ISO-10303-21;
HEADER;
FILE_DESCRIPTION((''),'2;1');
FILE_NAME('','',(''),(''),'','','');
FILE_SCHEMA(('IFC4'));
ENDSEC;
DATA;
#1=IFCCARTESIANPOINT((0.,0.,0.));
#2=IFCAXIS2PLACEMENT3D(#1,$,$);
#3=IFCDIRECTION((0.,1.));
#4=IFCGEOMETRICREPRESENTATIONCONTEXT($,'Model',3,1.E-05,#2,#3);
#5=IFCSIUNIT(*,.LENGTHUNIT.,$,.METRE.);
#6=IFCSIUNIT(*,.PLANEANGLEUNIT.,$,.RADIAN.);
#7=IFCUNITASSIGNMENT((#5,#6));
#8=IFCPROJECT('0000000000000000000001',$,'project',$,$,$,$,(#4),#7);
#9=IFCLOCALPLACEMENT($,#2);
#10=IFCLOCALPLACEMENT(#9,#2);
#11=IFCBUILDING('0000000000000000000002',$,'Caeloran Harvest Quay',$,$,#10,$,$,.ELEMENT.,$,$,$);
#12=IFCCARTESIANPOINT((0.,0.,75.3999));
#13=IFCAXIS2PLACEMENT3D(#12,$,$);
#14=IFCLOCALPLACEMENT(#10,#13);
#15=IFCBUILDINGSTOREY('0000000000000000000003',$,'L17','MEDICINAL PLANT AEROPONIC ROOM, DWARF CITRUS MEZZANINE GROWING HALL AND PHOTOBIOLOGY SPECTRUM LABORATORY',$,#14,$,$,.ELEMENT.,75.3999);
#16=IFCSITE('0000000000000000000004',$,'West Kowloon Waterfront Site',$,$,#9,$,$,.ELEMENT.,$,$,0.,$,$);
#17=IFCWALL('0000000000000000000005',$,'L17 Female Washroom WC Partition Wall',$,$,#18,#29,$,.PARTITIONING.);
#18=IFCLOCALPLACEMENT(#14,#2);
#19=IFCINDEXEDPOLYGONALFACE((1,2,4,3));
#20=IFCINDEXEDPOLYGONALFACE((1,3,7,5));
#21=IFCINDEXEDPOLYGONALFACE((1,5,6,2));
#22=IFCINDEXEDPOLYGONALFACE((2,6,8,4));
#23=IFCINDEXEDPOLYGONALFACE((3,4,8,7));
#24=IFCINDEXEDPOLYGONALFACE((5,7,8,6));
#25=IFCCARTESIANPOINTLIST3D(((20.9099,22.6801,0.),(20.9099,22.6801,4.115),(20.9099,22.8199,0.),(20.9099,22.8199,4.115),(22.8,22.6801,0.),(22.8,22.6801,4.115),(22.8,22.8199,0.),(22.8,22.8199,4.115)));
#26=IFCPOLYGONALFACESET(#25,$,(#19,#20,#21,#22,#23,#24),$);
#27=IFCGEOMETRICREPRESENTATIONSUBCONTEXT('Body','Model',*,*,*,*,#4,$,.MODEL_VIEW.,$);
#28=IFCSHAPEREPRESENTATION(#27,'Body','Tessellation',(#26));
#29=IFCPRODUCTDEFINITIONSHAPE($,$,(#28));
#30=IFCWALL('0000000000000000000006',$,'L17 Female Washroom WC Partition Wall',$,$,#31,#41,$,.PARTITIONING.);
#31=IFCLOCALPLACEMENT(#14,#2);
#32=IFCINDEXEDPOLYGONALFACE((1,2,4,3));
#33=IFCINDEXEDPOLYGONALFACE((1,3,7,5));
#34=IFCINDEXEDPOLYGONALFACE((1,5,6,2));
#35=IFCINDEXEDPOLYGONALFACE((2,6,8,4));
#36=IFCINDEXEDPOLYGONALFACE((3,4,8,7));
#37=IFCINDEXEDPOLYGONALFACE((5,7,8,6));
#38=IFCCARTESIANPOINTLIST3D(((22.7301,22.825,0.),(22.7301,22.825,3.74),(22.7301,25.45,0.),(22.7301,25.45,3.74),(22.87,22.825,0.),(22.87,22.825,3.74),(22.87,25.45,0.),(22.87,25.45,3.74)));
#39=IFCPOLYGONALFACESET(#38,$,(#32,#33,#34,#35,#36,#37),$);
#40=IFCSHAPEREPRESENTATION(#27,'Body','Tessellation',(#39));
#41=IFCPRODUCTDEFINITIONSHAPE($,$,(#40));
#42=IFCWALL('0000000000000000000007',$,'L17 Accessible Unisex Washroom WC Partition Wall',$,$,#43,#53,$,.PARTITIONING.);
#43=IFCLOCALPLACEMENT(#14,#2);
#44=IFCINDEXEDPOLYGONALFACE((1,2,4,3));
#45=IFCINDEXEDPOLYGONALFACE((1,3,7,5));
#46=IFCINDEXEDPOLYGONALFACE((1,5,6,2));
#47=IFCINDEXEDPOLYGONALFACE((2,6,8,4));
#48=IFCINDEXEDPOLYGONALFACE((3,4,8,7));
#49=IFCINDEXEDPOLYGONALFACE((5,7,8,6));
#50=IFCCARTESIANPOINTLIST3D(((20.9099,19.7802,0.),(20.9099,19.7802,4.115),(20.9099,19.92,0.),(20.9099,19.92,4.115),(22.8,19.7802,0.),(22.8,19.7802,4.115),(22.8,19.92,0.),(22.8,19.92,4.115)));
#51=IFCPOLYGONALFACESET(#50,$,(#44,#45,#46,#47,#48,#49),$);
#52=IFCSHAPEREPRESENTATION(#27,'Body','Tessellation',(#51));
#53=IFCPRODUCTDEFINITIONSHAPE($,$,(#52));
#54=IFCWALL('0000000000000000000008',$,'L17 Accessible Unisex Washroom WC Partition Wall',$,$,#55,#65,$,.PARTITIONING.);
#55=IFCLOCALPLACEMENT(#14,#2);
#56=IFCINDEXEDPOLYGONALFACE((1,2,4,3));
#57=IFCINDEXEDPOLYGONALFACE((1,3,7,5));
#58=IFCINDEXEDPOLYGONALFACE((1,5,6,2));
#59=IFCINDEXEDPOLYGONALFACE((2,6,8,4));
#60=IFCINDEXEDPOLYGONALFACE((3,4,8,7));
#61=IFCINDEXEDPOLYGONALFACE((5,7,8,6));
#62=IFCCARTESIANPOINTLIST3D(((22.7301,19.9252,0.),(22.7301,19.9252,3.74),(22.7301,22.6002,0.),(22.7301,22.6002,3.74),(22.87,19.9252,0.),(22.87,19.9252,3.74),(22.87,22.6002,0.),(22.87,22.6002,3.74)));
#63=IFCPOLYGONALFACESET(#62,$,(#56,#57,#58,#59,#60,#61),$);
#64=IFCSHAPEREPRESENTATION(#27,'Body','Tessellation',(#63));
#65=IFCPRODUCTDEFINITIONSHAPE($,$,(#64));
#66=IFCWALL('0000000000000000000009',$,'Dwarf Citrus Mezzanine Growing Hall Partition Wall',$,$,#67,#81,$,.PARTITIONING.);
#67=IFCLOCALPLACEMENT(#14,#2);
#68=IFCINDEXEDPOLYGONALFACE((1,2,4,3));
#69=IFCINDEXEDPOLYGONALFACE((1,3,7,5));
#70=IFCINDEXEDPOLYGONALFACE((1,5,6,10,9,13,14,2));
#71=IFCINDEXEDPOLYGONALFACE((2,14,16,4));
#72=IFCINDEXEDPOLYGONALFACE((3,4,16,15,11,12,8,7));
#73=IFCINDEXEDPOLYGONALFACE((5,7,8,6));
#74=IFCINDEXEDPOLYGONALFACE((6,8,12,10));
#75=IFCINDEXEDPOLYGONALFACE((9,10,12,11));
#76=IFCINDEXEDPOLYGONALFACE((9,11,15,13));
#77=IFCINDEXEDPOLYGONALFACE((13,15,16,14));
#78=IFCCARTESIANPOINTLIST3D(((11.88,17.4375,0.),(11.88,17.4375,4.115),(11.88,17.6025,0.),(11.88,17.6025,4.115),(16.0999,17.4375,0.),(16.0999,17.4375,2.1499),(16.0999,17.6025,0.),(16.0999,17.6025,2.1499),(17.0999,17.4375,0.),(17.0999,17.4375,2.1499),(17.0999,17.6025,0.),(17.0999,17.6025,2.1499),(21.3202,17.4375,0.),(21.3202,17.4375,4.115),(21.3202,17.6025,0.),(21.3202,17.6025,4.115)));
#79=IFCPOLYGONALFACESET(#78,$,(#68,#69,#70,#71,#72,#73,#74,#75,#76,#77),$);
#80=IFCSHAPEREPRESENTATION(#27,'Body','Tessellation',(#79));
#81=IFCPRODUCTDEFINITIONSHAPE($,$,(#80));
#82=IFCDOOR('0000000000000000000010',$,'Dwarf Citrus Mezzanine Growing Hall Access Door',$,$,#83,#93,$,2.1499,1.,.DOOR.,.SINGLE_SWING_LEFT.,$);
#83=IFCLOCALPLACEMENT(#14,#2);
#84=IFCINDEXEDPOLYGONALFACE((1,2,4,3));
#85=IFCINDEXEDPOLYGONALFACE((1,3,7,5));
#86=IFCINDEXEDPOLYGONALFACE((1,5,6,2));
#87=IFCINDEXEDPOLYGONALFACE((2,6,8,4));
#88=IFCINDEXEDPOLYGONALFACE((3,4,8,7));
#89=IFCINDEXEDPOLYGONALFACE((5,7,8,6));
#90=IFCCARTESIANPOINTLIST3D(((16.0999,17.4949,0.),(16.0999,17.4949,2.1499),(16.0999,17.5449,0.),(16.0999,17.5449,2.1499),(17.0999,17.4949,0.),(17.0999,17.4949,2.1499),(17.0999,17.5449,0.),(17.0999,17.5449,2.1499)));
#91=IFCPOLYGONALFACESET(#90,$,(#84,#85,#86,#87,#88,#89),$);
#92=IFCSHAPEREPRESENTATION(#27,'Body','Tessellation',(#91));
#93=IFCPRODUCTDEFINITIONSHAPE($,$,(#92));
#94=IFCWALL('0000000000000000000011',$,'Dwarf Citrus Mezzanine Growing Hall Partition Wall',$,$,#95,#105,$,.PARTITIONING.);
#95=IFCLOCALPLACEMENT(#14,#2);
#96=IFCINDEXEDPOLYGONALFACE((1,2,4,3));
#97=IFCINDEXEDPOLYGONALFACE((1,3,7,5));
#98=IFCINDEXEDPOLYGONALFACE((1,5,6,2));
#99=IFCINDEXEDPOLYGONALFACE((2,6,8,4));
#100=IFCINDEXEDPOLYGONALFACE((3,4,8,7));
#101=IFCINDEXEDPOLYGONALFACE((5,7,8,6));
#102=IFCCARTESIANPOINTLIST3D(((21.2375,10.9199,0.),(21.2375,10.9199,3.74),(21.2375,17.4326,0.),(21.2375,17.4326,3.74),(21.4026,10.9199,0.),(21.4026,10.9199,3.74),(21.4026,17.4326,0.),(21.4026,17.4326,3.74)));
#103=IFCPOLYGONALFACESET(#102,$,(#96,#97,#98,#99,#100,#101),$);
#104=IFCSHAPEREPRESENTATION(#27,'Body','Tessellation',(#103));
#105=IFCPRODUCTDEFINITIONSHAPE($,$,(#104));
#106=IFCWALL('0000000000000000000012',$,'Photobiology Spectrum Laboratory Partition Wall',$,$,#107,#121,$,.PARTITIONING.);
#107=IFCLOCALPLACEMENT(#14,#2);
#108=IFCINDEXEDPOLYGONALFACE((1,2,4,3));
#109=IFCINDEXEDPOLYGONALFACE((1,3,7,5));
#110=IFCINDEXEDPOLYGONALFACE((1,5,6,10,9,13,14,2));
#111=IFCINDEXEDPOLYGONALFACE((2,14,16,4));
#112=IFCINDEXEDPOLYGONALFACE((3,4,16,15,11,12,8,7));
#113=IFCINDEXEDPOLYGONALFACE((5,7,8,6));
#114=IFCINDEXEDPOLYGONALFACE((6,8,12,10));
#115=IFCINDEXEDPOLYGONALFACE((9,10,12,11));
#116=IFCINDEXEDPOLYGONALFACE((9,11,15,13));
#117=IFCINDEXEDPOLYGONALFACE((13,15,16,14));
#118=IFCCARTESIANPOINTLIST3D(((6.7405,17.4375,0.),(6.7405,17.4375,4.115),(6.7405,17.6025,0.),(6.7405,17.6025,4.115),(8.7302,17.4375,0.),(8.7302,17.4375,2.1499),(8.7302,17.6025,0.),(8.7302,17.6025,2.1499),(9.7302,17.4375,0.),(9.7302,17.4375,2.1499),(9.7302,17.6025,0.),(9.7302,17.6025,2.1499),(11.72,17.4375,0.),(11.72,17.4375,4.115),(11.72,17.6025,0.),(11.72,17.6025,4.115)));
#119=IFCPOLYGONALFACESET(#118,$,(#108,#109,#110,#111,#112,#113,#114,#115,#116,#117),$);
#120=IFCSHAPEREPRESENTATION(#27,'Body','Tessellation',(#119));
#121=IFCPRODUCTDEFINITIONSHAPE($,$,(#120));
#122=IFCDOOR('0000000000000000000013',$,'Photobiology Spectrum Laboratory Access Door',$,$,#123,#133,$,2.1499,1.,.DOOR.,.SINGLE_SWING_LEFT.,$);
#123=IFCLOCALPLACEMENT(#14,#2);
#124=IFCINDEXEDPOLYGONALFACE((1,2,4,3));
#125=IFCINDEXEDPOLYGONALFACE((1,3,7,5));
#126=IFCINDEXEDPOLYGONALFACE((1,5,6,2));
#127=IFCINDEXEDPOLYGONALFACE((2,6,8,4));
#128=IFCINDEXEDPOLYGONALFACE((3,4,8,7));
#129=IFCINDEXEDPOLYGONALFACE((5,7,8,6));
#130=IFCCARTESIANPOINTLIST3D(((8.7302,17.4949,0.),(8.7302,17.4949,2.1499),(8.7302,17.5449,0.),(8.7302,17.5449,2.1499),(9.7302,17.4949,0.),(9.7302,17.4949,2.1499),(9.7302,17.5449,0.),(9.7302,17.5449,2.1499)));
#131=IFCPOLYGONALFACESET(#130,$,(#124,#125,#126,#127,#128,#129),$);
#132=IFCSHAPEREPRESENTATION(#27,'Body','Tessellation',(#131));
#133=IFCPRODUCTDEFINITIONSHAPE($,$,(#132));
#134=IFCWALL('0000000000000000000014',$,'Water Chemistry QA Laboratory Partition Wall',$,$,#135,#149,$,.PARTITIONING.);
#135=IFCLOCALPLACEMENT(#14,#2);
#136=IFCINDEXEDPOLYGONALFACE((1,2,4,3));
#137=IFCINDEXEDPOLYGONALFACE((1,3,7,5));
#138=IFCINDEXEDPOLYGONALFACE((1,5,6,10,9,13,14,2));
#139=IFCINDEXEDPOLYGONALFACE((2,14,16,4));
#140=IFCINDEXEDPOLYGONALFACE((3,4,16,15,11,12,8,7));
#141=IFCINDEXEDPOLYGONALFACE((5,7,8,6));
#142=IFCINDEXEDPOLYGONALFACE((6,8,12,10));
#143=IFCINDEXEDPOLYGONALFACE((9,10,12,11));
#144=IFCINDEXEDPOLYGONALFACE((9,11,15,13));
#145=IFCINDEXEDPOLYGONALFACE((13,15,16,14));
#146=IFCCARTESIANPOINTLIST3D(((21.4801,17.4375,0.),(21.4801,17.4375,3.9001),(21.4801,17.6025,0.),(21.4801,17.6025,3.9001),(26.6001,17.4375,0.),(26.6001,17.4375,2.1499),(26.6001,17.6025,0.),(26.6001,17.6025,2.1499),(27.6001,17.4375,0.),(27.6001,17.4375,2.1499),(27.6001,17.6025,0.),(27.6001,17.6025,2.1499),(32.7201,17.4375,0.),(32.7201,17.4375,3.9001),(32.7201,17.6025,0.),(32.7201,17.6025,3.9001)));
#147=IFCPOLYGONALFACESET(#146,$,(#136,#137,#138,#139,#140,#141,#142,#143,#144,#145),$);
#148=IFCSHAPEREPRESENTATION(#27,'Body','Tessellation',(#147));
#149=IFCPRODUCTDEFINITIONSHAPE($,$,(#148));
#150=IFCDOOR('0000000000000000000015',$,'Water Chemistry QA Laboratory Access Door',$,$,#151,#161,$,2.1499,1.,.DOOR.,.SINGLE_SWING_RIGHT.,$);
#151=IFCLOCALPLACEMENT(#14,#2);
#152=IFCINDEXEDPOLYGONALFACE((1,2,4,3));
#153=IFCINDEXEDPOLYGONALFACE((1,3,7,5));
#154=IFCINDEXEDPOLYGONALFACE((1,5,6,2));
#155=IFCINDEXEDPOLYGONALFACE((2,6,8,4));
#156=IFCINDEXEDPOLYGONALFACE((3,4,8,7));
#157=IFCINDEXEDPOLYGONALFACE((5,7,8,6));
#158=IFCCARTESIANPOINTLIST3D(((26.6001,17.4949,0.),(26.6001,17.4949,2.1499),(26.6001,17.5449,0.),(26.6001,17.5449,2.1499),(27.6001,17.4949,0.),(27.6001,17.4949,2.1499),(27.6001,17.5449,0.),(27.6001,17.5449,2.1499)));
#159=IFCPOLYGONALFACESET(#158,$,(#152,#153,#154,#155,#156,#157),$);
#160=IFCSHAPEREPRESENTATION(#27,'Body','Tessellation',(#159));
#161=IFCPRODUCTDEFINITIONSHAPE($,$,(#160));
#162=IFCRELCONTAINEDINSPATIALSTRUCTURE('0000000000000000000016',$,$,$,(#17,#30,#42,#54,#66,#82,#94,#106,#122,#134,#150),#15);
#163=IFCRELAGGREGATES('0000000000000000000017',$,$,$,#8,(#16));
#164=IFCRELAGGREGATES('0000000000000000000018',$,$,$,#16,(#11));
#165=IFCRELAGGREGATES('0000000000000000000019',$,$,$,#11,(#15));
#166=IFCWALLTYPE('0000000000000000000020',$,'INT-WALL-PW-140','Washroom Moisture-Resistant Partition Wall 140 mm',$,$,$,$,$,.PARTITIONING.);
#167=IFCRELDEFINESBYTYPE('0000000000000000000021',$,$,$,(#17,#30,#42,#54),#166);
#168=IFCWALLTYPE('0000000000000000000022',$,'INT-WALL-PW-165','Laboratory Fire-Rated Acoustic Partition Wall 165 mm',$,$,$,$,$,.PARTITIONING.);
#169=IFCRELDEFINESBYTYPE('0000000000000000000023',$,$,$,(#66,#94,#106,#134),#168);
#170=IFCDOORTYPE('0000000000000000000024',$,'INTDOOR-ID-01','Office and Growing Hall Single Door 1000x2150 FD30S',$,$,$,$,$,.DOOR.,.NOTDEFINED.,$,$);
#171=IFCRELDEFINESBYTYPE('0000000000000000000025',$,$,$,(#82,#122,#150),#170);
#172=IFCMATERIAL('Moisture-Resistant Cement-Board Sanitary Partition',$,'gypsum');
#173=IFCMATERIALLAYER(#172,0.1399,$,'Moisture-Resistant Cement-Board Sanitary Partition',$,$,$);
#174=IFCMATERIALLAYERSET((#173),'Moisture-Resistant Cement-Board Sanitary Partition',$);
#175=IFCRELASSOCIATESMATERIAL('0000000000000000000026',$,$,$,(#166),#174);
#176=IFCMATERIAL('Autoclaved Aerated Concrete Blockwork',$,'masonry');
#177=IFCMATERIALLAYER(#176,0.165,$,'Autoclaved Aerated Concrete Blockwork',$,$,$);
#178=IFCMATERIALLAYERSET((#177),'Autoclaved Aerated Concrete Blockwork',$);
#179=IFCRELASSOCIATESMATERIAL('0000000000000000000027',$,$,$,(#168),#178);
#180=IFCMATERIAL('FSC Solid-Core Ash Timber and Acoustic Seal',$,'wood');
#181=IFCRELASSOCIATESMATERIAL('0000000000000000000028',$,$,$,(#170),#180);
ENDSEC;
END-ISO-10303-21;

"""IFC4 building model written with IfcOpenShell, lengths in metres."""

from ifc_helpers import new_model, si_unit, direction, frame, frame_2d, origin, place, context, subcontext, project, spatial, rectangle, extrude, material, layer, layer_set, type_object, element, fill, save


model = new_model("IFC4")

# Units and contexts
model_context = context("Model", 3, precision=1e-05, world=origin(), true_north=direction((0.0, 1.0)))
body_context = subcontext(model_context, "Body", "Model", "MODEL_VIEW")
ifc_project = project(units=[si_unit("LENGTHUNIT", "METRE"), si_unit("PLANEANGLEUNIT", "RADIAN")], contexts=[model_context])

# Site, building, storey
site_placement = place(None, origin())
site = spatial("IfcSite", under=ifc_project, at=site_placement, Name="West Kowloon Waterfront Site", CompositionType="ELEMENT", RefElevation=0.0)
building_placement = place(site_placement, origin())
building = spatial("IfcBuilding", under=site, at=building_placement, Name="Caeloran Harvest Quay", CompositionType="ELEMENT")
storey_placement = place(building_placement, frame((0.0, 0.0, 75.3999)))
storey = spatial("IfcBuildingStorey", under=building, at=storey_placement, Name="L17", Description="MEDICINAL PLANT AEROPONIC ROOM, DWARF CITRUS MEZZANINE GROWING HALL AND PHOTOBIOLOGY SPECTRUM LABORATORY", CompositionType="ELEMENT", Elevation=75.3999)

# Wall
ifc_material_1 = material(Name="Moisture-Resistant Cement-Board Sanitary Partition", Category="gypsum")
ifc_layer_1 = layer(ifc_material_1, 0.1399, Name="Moisture-Resistant Cement-Board Sanitary Partition")
ifc_layer_set_1 = layer_set([ifc_layer_1], Name="Moisture-Resistant Cement-Board Sanitary Partition")
wall_type_1 = type_object("IfcWallType", Name="INT-WALL-PW-140", Description="Washroom Moisture-Resistant Partition Wall 140 mm", PredefinedType="PARTITIONING", material=ifc_layer_set_1)
wall_1_placement = place(storey_placement, frame((22.8, 22.75, 0.0), z_axis=(0.0, 0.0, 1.0), x_axis=(-1.0, 0.0, 0.0)))
element("IfcWall", 1, at=wall_1_placement, inside=storey, type_object=wall_type_1, Name="L17 Female Washroom WC Partition Wall", PredefinedType="PARTITIONING", context=body_context, shape_type="SweptSolid", body=[
    extrude(rectangle(XDim=1.8901, YDim=0.1399, at=frame_2d((0.9451, 0.0))), origin(), (0.0, 0.0, 1.0), 4.115),
])

# Walls
wall_2_placement = place(storey_placement, frame((22.8, 25.45, 0.0), z_axis=(0.0, 0.0, 1.0), x_axis=(0.0, -1.0, 0.0)))
element("IfcWall", 2, at=wall_2_placement, inside=storey, type_object=wall_type_1, Name="L17 Female Washroom WC Partition Wall", PredefinedType="PARTITIONING", context=body_context, shape_type="SweptSolid", body=[
    extrude(rectangle(XDim=2.625, YDim=0.1399, at=frame_2d((1.3125, 0.0))), origin(), (0.0, 0.0, 1.0), 3.74),
])
wall_3_placement = place(storey_placement, frame((22.8, 19.8501, 0.0), z_axis=(0.0, 0.0, 1.0), x_axis=(-1.0, 0.0, 0.0)))
element("IfcWall", 3, at=wall_3_placement, inside=storey, type_object=wall_type_1, Name="L17 Accessible Unisex Washroom WC Partition Wall", PredefinedType="PARTITIONING", context=body_context, shape_type="SweptSolid", body=[
    extrude(rectangle(XDim=1.8901, YDim=0.1399, at=frame_2d((0.9451, 0.0))), origin(), (0.0, 0.0, 1.0), 4.115),
])

# Wall
wall_4_placement = place(storey_placement, frame((22.8, 22.6001, 0.0), z_axis=(0.0, 0.0, 1.0), x_axis=(0.0, -1.0, 0.0)))
element("IfcWall", 4, at=wall_4_placement, inside=storey, type_object=wall_type_1, Name="L17 Accessible Unisex Washroom WC Partition Wall", PredefinedType="PARTITIONING", context=body_context, shape_type="SweptSolid", body=[
    extrude(rectangle(XDim=2.675, YDim=0.1399, at=frame_2d((1.3374, 0.0))), origin(), (0.0, 0.0, 1.0), 3.74),
])

# Wall, opening, door
ifc_material_2 = material(Name="Autoclaved Aerated Concrete Blockwork", Category="masonry")
ifc_layer_2 = layer(ifc_material_2, 0.165, Name="Autoclaved Aerated Concrete Blockwork")
ifc_layer_set_2 = layer_set([ifc_layer_2], Name="Autoclaved Aerated Concrete Blockwork")
wall_type_2 = type_object("IfcWallType", Name="INT-WALL-PW-165", Description="Laboratory Fire-Rated Acoustic Partition Wall 165 mm", PredefinedType="PARTITIONING", material=ifc_layer_set_2)
wall_5_placement = place(storey_placement, frame((11.8799, 17.52, 0.0), z_axis=(0.0, 0.0, 1.0), x_axis=(1.0, 0.0, 0.0)))
wall_5 = element("IfcWall", 5, at=wall_5_placement, inside=storey, type_object=wall_type_2, Name="Dwarf Citrus Mezzanine Growing Hall Partition Wall", PredefinedType="PARTITIONING", context=body_context, shape_type="SweptSolid", body=[
    extrude(rectangle(XDim=9.4402, YDim=0.165, at=frame_2d((4.7202, 0.0))), origin(), (0.0, 0.0, 1.0), 4.115),
])
opening_1_placement = place(wall_5_placement, frame((4.22, 0.0, 0.0)))
opening_1 = element("IfcOpeningElement", 6, at=opening_1_placement, cuts=wall_5, PredefinedType="OPENING", context=body_context, shape_type="SweptSolid", body=[
    extrude(rectangle(XDim=1.0, YDim=2.1499, at=frame_2d((0.5, 1.075))), frame((0.0, 0.0925, 0.0), z_axis=(0.0, -1.0, 0.0), x_axis=(1.0, 0.0, 0.0)), (0.0, 0.0, 1.0), 0.1851),
])
ifc_material_3 = material(Name="FSC Solid-Core Ash Timber and Acoustic Seal", Category="wood")
door_type_1 = type_object("IfcDoorType", Name="INTDOOR-ID-01", Description="Office and Growing Hall Single Door 1000x2150 FD30S", OperationType="NOTDEFINED", PredefinedType="DOOR", material=ifc_material_3)
door_1_placement = place(opening_1_placement, origin())
door_1 = element("IfcDoor", 7, at=door_1_placement, inside=storey, type_object=door_type_1, Name="Dwarf Citrus Mezzanine Growing Hall Access Door", OperationType="SINGLE_SWING_LEFT", OverallHeight=2.1499, OverallWidth=1.0, PredefinedType="DOOR", context=body_context, shape_type="SweptSolid", body=[
    extrude(rectangle(XDim=1.0, YDim=2.1499, at=frame_2d((0.5, 1.075))), frame((0.0, 0.0249, 0.0), z_axis=(0.0, -1.0, 0.0), x_axis=(1.0, 0.0, 0.0)), (0.0, 0.0, 1.0), 0.05),
])
fill(opening_1, door_1)

# Wall
wall_6_placement = place(storey_placement, frame((21.3201, 17.4326, 0.0), z_axis=(0.0, 0.0, 1.0), x_axis=(0.0, -1.0, 0.0)))
element("IfcWall", 8, at=wall_6_placement, inside=storey, type_object=wall_type_2, Name="Dwarf Citrus Mezzanine Growing Hall Partition Wall", PredefinedType="PARTITIONING", context=body_context, shape_type="SweptSolid", body=[
    extrude(rectangle(XDim=6.5127, YDim=0.165, at=frame_2d((3.2563, 0.0))), origin(), (0.0, 0.0, 1.0), 3.74),
])

# Walls, openings, doors
wall_7_placement = place(storey_placement, frame((6.7405, 17.52, 0.0), z_axis=(0.0, 0.0, 1.0), x_axis=(1.0, 0.0, 0.0)))
wall_7 = element("IfcWall", 9, at=wall_7_placement, inside=storey, type_object=wall_type_2, Name="Photobiology Spectrum Laboratory Partition Wall", PredefinedType="PARTITIONING", context=body_context, shape_type="SweptSolid", body=[
    extrude(rectangle(XDim=4.9795, YDim=0.165, at=frame_2d((2.4897, 0.0))), origin(), (0.0, 0.0, 1.0), 4.115),
])
opening_2_placement = place(wall_7_placement, frame((1.9897, 0.0, 0.0)))
opening_2 = element("IfcOpeningElement", 10, at=opening_2_placement, cuts=wall_7, PredefinedType="OPENING", context=body_context, shape_type="SweptSolid", body=[
    extrude(rectangle(XDim=1.0, YDim=2.1499, at=frame_2d((0.5, 1.075))), frame((0.0, 0.0925, 0.0), z_axis=(0.0, -1.0, 0.0), x_axis=(1.0, 0.0, 0.0)), (0.0, 0.0, 1.0), 0.1851),
])
door_2_placement = place(opening_2_placement, origin())
door_2 = element("IfcDoor", 11, at=door_2_placement, inside=storey, type_object=door_type_1, Name="Photobiology Spectrum Laboratory Access Door", OperationType="SINGLE_SWING_LEFT", OverallHeight=2.1499, OverallWidth=1.0, PredefinedType="DOOR", context=body_context, shape_type="SweptSolid", body=[
    extrude(rectangle(XDim=1.0, YDim=2.1499, at=frame_2d((0.5, 1.075))), frame((0.0, 0.0249, 0.0), z_axis=(0.0, -1.0, 0.0), x_axis=(1.0, 0.0, 0.0)), (0.0, 0.0, 1.0), 0.05),
])
fill(opening_2, door_2)
wall_8_placement = place(storey_placement, frame((21.48, 17.52, 0.0), z_axis=(0.0, 0.0, 1.0), x_axis=(1.0, 0.0, 0.0)))
wall_8 = element("IfcWall", 12, at=wall_8_placement, inside=storey, type_object=wall_type_2, Name="Water Chemistry QA Laboratory Partition Wall", PredefinedType="PARTITIONING", context=body_context, shape_type="SweptSolid", body=[
    extrude(rectangle(XDim=11.24, YDim=0.165, at=frame_2d((5.6201, 0.0))), origin(), (0.0, 0.0, 1.0), 3.9001),
])
opening_3_placement = place(wall_8_placement, frame((5.1201, 0.0, 0.0)))
opening_3 = element("IfcOpeningElement", 13, at=opening_3_placement, cuts=wall_8, PredefinedType="OPENING", context=body_context, shape_type="SweptSolid", body=[
    extrude(rectangle(XDim=1.0, YDim=2.1499, at=frame_2d((0.5, 1.075))), frame((0.0, 0.0925, 0.0), z_axis=(0.0, -1.0, 0.0), x_axis=(1.0, 0.0, 0.0)), (0.0, 0.0, 1.0), 0.1851),
])
door_3_placement = place(opening_3_placement, origin())
door_3 = element("IfcDoor", 14, at=door_3_placement, inside=storey, type_object=door_type_1, Name="Water Chemistry QA Laboratory Access Door", OperationType="SINGLE_SWING_RIGHT", OverallHeight=2.1499, OverallWidth=1.0, PredefinedType="DOOR", context=body_context, shape_type="SweptSolid", body=[
    extrude(rectangle(XDim=1.0, YDim=2.1499, at=frame_2d((0.5, 1.075))), frame((0.0, 0.0249, 0.0), z_axis=(0.0, -1.0, 0.0), x_axis=(1.0, 0.0, 0.0)), (0.0, 0.0, 1.0), 0.05),
])
fill(opening_3, door_3)

save(model, "model.ifc")
